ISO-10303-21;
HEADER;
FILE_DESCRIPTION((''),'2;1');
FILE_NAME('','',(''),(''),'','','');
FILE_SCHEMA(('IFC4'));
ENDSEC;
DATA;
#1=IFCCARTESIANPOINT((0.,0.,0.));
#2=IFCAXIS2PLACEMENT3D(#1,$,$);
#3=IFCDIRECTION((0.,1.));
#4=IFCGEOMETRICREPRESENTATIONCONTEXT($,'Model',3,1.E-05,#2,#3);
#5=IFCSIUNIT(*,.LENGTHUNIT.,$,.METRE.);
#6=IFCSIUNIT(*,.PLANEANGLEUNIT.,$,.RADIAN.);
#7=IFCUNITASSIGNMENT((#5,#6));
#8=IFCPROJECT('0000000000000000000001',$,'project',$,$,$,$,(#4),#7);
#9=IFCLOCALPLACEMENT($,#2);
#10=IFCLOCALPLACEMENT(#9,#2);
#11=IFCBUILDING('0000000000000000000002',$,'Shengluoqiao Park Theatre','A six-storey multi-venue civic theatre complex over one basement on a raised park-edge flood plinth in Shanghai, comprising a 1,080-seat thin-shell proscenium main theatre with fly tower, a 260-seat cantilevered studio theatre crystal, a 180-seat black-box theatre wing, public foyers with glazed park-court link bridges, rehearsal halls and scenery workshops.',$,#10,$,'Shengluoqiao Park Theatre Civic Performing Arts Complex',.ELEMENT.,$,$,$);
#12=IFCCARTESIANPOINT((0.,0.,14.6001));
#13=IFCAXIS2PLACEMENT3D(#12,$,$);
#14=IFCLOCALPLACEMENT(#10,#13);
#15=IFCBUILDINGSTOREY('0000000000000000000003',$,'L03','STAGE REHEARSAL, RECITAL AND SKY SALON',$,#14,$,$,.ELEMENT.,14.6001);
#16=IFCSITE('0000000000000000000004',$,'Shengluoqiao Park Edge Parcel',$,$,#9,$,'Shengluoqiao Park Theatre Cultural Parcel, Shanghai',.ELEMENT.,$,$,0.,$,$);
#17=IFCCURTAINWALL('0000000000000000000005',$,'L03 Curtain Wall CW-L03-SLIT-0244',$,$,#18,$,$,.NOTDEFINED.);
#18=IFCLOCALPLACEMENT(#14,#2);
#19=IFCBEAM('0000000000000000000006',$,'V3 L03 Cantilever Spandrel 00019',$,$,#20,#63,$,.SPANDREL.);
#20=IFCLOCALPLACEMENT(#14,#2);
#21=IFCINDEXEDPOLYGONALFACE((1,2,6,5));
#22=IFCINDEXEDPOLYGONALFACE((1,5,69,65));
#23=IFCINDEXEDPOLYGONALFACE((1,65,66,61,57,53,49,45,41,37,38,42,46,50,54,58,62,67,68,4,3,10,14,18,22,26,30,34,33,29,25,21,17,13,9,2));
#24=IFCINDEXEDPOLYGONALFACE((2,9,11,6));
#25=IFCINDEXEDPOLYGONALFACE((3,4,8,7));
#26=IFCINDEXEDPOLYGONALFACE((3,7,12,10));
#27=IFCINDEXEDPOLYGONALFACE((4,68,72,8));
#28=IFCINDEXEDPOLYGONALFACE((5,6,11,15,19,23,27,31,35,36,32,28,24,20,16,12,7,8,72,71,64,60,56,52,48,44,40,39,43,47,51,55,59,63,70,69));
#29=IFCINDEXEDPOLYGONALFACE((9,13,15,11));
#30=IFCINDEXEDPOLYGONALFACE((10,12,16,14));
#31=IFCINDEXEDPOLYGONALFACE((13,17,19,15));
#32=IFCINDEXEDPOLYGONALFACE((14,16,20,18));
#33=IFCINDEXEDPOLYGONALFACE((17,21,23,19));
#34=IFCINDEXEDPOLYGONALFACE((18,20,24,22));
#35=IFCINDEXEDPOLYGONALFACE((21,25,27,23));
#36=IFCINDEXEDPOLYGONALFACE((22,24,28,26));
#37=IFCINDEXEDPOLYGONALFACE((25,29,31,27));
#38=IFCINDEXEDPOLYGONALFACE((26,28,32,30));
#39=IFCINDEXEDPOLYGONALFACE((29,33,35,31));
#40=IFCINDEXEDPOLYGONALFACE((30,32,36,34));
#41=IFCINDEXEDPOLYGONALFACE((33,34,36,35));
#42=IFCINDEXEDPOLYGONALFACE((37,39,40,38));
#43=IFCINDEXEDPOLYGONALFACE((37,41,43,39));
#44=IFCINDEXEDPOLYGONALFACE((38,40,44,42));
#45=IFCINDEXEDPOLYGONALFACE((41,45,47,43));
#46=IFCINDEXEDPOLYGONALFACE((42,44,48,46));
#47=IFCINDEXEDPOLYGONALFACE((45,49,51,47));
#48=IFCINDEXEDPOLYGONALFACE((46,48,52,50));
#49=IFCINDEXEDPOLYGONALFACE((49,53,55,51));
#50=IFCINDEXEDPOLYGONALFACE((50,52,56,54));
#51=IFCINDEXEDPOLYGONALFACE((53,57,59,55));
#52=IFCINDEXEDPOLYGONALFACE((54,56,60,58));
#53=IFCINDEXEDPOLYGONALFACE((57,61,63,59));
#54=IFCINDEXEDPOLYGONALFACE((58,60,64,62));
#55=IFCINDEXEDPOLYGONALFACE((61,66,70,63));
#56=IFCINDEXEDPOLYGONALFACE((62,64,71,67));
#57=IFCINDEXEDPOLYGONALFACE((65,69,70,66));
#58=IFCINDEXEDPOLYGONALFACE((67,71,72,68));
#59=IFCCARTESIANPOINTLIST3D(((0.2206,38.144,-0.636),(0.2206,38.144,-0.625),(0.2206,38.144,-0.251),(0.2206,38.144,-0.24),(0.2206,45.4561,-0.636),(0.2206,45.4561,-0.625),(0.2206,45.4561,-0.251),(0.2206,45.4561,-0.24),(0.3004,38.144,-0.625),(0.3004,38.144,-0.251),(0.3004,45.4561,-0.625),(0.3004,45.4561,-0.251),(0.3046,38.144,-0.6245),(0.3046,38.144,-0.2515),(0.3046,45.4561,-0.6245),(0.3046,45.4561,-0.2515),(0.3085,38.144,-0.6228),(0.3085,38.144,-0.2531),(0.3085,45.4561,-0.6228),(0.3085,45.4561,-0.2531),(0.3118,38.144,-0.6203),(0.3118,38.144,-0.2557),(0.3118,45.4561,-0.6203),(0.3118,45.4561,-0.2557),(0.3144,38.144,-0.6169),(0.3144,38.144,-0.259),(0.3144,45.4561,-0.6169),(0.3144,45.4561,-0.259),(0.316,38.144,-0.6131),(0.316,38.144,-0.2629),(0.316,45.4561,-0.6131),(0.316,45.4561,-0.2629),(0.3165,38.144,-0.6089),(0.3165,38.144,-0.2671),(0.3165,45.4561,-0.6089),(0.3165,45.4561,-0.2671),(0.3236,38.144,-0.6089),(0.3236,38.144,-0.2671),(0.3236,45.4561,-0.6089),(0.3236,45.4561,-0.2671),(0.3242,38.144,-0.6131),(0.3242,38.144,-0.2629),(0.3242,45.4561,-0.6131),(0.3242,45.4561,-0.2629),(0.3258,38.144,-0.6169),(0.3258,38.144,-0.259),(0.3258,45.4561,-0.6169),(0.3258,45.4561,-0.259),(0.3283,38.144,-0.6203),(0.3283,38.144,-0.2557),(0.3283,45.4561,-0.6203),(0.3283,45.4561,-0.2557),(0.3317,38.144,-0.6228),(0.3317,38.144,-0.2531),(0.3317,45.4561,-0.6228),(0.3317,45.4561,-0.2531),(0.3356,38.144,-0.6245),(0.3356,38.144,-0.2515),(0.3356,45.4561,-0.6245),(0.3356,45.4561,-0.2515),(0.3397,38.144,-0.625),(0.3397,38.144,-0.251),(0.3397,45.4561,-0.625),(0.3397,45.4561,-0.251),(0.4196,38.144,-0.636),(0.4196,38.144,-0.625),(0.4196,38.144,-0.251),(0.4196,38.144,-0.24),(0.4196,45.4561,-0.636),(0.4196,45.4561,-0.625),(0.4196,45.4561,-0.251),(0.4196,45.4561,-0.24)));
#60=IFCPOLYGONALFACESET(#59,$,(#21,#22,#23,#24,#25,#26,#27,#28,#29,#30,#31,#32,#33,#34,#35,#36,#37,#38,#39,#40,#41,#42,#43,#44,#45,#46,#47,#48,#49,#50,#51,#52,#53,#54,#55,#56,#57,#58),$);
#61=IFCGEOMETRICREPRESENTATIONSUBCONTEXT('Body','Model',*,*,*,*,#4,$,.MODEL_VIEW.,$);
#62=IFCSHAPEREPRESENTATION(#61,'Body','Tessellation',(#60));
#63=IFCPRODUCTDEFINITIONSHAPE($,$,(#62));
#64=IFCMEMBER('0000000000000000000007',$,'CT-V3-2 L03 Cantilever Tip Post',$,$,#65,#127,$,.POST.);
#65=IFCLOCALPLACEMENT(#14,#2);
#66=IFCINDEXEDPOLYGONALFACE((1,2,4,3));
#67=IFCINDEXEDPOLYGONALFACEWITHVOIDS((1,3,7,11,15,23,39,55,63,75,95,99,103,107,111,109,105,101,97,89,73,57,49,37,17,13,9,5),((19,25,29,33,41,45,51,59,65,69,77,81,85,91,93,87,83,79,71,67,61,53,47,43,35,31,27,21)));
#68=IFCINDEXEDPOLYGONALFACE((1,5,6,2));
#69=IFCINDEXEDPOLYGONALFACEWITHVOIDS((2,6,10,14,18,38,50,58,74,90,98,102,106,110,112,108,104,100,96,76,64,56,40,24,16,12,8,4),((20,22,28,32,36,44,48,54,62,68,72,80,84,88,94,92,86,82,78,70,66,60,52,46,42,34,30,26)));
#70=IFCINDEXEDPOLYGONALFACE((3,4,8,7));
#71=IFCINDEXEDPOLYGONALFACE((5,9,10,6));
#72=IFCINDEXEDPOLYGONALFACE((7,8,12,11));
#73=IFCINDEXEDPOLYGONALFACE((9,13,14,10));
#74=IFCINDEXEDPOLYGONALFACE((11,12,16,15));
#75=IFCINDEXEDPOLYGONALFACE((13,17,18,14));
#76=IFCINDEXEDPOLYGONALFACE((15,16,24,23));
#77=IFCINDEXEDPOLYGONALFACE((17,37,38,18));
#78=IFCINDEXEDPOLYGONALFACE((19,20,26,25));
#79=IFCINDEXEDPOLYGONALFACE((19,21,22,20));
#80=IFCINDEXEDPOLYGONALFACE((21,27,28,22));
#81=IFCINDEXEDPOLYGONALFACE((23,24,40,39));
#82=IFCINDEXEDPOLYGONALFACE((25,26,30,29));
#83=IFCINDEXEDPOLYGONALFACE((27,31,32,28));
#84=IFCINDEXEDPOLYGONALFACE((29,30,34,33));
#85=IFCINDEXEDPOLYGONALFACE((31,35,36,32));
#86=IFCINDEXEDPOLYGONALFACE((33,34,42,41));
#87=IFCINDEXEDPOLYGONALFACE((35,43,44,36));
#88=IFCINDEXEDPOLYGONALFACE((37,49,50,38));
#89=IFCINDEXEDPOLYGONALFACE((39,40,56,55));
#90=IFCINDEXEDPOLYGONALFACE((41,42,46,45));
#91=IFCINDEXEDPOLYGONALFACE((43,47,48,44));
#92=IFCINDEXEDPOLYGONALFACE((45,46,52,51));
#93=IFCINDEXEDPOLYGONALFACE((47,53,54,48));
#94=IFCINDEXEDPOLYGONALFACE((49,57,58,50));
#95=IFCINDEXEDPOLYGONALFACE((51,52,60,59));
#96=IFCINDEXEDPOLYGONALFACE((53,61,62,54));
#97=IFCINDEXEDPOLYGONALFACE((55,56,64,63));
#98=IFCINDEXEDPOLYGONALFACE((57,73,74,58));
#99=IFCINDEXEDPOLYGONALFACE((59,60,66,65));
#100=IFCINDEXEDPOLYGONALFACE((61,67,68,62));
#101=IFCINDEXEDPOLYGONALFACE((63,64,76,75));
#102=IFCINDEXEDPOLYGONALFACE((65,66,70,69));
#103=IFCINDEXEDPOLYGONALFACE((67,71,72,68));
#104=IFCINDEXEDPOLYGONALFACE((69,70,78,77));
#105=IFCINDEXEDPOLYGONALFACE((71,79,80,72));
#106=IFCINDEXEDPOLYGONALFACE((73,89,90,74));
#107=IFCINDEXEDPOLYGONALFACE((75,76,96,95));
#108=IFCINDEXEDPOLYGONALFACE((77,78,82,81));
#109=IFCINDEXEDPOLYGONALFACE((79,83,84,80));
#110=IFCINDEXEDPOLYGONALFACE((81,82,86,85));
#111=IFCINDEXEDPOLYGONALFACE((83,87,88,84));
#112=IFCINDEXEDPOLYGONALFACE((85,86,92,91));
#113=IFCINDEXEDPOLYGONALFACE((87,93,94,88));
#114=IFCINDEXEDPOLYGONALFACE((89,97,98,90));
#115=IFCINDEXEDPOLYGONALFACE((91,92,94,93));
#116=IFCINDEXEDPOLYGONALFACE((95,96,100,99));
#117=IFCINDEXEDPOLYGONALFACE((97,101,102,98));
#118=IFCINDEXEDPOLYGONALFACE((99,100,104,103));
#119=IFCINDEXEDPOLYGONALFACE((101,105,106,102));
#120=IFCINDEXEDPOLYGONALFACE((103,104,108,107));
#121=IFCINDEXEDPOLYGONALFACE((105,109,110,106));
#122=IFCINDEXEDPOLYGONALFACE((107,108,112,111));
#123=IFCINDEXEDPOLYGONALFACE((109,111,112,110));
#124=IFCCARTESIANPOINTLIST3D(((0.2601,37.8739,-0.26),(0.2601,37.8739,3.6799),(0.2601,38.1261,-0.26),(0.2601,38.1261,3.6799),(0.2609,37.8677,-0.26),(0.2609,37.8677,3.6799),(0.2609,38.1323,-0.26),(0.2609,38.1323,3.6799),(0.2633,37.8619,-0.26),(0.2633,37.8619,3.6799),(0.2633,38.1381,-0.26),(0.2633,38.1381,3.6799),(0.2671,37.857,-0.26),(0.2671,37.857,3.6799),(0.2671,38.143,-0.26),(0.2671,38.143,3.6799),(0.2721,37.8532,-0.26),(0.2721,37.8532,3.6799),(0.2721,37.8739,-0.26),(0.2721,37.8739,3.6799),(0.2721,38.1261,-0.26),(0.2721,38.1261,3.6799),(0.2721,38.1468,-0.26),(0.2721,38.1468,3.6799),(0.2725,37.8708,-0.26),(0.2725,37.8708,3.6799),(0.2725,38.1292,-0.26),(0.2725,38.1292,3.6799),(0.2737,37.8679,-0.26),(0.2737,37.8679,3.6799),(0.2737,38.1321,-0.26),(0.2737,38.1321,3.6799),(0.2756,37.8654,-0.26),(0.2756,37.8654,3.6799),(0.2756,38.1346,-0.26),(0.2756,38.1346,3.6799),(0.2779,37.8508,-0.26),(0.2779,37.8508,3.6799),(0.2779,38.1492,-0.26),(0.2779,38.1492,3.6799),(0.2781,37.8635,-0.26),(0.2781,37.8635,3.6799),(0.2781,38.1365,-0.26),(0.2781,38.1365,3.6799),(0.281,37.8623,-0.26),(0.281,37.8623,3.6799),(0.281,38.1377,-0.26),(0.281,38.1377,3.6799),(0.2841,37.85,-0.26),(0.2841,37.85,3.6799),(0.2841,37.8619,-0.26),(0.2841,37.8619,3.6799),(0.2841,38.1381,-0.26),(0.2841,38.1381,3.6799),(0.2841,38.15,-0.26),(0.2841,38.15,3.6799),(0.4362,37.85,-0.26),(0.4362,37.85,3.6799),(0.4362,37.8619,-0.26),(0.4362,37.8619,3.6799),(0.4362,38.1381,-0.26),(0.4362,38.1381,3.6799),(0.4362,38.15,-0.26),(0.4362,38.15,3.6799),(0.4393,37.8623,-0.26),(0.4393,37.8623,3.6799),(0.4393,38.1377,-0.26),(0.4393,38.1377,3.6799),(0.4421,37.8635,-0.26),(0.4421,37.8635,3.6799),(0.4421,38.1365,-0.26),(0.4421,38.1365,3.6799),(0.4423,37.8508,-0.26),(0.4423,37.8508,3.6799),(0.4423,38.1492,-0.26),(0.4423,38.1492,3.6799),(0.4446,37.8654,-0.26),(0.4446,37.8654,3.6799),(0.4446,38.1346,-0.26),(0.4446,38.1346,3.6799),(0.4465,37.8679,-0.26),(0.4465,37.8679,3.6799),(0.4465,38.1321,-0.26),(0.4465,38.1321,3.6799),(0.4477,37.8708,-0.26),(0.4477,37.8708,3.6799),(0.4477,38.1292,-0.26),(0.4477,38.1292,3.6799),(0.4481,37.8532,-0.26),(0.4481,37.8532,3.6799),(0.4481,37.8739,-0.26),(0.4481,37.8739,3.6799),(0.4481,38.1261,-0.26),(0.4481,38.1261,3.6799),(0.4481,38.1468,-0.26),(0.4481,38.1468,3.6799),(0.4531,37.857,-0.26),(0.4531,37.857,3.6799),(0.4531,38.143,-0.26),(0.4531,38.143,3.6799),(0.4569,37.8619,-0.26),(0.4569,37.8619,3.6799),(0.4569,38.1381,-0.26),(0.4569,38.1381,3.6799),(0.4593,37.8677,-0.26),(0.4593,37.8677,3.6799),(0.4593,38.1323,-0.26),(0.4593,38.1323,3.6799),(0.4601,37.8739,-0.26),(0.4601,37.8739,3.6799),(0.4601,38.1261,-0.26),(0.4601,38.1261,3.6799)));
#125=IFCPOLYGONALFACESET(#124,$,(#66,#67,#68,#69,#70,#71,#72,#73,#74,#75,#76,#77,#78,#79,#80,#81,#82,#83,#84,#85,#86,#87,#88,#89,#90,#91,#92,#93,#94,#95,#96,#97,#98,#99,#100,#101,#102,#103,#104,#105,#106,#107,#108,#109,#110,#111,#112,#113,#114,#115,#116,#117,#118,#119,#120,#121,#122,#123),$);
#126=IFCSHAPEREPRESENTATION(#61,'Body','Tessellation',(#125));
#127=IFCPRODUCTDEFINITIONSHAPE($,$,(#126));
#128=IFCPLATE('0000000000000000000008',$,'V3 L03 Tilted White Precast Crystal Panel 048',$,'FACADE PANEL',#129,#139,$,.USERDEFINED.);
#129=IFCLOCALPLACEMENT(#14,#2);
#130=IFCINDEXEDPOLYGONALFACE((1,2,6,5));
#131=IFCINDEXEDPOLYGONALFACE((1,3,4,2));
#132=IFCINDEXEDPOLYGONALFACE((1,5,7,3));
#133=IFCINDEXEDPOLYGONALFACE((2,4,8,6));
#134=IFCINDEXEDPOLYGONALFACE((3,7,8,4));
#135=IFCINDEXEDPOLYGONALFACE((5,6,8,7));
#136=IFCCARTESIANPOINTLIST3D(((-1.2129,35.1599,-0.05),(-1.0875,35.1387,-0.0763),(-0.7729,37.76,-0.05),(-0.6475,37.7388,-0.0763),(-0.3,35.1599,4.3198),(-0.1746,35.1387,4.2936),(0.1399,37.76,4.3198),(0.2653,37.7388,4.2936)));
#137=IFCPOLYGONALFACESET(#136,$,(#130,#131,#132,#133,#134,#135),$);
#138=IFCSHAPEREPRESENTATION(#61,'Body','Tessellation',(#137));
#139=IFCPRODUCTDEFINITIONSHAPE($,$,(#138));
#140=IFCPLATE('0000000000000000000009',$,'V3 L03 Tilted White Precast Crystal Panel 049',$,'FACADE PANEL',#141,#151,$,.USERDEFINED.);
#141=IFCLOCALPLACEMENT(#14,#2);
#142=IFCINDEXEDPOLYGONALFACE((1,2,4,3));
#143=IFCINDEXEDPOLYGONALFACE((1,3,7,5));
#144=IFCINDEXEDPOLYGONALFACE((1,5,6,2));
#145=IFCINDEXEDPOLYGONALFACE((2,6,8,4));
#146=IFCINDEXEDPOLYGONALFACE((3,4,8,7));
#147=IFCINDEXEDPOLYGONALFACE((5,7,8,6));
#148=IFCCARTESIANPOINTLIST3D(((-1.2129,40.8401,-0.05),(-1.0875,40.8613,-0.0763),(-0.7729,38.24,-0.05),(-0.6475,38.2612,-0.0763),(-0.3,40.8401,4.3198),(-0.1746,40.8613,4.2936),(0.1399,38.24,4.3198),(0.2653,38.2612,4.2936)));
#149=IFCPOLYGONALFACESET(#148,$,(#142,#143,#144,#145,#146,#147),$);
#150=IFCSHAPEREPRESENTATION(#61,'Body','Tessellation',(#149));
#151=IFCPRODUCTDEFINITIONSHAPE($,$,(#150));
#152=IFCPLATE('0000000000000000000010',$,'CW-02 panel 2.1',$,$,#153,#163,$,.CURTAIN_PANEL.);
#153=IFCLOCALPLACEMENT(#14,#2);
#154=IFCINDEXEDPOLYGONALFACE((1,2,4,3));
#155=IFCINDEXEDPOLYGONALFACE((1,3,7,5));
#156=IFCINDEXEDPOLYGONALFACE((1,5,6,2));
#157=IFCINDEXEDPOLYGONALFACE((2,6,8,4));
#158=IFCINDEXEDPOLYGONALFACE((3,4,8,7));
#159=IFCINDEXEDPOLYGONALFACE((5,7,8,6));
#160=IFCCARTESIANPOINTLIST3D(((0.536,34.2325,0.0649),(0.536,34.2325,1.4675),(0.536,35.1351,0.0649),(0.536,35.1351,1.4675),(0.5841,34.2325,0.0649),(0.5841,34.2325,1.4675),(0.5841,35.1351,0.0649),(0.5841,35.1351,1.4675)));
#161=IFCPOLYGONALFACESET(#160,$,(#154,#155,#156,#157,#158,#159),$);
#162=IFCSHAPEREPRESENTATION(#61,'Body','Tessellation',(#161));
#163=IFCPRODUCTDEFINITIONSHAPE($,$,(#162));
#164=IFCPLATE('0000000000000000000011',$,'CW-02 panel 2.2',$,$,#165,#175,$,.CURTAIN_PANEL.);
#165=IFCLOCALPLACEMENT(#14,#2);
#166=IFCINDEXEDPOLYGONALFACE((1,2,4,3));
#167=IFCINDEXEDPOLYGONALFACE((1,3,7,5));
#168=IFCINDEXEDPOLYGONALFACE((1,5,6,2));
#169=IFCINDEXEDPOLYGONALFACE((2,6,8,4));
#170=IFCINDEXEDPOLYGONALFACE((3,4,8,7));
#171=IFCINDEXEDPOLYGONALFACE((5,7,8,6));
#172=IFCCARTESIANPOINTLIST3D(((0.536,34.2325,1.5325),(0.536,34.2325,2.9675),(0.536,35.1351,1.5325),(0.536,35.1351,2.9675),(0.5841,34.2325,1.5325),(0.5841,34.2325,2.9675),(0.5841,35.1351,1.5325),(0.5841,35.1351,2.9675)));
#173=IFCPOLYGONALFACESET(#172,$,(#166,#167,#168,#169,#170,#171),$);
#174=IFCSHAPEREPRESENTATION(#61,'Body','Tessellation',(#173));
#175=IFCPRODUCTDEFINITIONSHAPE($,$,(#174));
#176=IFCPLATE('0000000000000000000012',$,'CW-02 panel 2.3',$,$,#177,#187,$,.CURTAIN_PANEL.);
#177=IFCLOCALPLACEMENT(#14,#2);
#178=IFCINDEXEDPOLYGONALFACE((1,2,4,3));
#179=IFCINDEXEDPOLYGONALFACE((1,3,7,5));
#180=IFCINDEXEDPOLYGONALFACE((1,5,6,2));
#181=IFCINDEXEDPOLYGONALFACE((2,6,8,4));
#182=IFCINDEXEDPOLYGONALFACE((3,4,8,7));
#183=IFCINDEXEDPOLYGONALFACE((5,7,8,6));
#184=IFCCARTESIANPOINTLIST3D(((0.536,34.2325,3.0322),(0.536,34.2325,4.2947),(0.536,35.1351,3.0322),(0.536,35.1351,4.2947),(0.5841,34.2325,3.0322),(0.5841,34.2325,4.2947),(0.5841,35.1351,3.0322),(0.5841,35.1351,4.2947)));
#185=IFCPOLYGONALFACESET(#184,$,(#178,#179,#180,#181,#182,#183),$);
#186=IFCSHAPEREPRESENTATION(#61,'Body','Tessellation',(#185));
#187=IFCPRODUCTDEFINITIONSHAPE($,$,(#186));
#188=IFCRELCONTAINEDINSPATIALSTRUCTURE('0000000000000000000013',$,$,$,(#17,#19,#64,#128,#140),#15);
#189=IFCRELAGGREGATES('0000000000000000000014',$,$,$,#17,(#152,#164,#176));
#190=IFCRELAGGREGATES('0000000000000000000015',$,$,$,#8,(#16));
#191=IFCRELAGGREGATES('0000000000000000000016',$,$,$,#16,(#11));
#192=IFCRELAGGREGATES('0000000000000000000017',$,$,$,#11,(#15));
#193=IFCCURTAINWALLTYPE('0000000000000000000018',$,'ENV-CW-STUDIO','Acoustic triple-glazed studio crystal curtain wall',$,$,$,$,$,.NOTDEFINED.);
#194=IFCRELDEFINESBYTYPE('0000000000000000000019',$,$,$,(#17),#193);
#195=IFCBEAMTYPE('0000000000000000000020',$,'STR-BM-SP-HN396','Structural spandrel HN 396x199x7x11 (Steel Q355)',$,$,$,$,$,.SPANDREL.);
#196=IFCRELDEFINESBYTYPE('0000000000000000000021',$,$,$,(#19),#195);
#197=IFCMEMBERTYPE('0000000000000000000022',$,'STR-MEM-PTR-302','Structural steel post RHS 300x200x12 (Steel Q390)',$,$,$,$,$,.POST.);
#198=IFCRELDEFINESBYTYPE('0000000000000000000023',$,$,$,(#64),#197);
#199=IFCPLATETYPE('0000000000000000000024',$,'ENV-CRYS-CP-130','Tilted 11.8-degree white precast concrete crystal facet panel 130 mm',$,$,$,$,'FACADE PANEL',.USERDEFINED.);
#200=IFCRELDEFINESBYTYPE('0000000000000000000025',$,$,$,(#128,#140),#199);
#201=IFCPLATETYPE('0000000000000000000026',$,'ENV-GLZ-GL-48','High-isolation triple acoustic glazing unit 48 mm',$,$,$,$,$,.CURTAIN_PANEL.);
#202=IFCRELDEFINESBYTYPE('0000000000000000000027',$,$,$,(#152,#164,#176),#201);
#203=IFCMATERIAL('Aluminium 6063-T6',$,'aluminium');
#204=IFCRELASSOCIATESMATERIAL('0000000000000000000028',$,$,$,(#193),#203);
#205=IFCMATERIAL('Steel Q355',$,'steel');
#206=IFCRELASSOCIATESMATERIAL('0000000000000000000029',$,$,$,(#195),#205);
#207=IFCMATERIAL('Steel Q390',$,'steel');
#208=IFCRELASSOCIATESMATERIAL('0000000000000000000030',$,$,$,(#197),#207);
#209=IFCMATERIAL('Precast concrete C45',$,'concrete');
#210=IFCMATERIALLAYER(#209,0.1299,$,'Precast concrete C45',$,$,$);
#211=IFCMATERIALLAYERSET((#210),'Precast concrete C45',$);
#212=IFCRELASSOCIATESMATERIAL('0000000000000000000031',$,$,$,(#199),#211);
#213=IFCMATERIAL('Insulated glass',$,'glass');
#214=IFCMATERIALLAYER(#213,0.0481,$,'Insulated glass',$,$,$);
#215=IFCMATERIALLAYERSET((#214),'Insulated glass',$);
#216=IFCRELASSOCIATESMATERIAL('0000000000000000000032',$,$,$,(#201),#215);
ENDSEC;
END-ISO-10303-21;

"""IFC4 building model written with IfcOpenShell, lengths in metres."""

from ifc_helpers import new_model, si_unit, direction, frame, origin, origin_2d, place, context, subcontext, project, spatial, polyline, rectangle, hollow_rectangle, i_section, outline, extrude, material, layer, layer_set, material_profile, profile_set, type_object, element, aggregate, save


model = new_model("IFC4")

# Units and contexts
model_context = context("Model", 3, precision=1e-05, world=origin(), true_north=direction((0.0, 1.0)))
body_context = subcontext(model_context, "Body", "Model", "MODEL_VIEW")
ifc_project = project(units=[si_unit("LENGTHUNIT", "METRE"), si_unit("PLANEANGLEUNIT", "RADIAN")], contexts=[model_context])

# Site, building, storey
site_placement = place(None, origin())
site = spatial("IfcSite", under=ifc_project, at=site_placement, Name="Shengluoqiao Park Edge Parcel", LongName="Shengluoqiao Park Theatre Cultural Parcel, Shanghai", CompositionType="ELEMENT", RefElevation=0.0)
building_placement = place(site_placement, origin())
building = spatial("IfcBuilding", under=site, at=building_placement, Name="Shengluoqiao Park Theatre", Description="A six-storey multi-venue civic theatre complex over one basement on a raised park-edge flood plinth in Shanghai, comprising a 1,080-seat thin-shell proscenium main theatre with fly tower, a 260-seat cantilevered studio theatre crystal, a 180-seat black-box theatre wing, public foyers with glazed park-court link bridges, rehearsal halls and scenery workshops.", LongName="Shengluoqiao Park Theatre Civic Performing Arts Complex", CompositionType="ELEMENT")
storey_placement = place(building_placement, frame((0.0, 0.0, 14.6001)))
storey = spatial("IfcBuildingStorey", under=building, at=storey_placement, Name="L03", Description="STAGE REHEARSAL, RECITAL AND SKY SALON", CompositionType="ELEMENT", Elevation=14.6001)

# Curtain wall
ifc_material_1 = material(Name="Aluminium 6063-T6", Category="aluminium")
curtain_wall_type = type_object("IfcCurtainWallType", Name="ENV-CW-STUDIO", Description="Acoustic triple-glazed studio crystal curtain wall", PredefinedType="NOTDEFINED", material=ifc_material_1)
curtain_wall_1_placement = place(storey_placement, origin())
curtain_wall_1 = element("IfcCurtainWall", 1, at=curtain_wall_1_placement, inside=storey, type_object=curtain_wall_type, Name="L03 Curtain Wall CW-L03-SLIT-0244", PredefinedType="NOTDEFINED")

# Beam
ifc_material_2 = material(Name="Steel Q390", Category="steel")
ifc_material_3 = material(Name="Steel Q355", Category="steel")
ifc_material_profile_1 = material_profile(ifc_material_3, i_section(OverallWidth=0.199, OverallDepth=0.396, WebThickness=0.0071, FlangeThickness=0.011, FilletRadius=0.0161, at=origin_2d()), Name="HN 396x199x7x11")
ifc_profile_set_1 = profile_set([ifc_material_profile_1], Name="Steel Q355")
beam_type_1 = type_object("IfcBeamType", Name="STR-BM-SP-HN396", Description="Structural spandrel HN 396x199x7x11 (Steel Q355)", PredefinedType="SPANDREL", material=ifc_profile_set_1)
beam_1_placement = place(storey_placement, frame((0.3201, 38.144, -0.438), z_axis=(0.0, 1.0, 0.0), x_axis=(-1.0, 0.0, 0.0)))
element("IfcBeam", 2, at=beam_1_placement, inside=storey, type_object=beam_type_1, Name="V3 L03 Cantilever Spandrel 00019", PredefinedType="SPANDREL", context=body_context, shape_type="SweptSolid", body=[
    extrude(i_section(OverallWidth=0.199, OverallDepth=0.396, WebThickness=0.0071, FlangeThickness=0.011, FilletRadius=0.0161, at=origin_2d()), origin(), (0.0, 0.0, 1.0), 7.312),
])

# Member
ifc_material_profile_2 = material_profile(ifc_material_2, hollow_rectangle(XDim=0.2, YDim=0.3, WallThickness=0.012, InnerFilletRadius=0.012, OuterFilletRadius=0.0239, at=origin_2d()), Name="RHS 300x200x12")
ifc_profile_set_2 = profile_set([ifc_material_profile_2], Name="Steel Q390")
member_type_1 = type_object("IfcMemberType", Name="STR-MEM-PTR-302", Description="Structural steel post RHS 300x200x12 (Steel Q390)", PredefinedType="POST", material=ifc_profile_set_2)
member_1_placement = place(storey_placement, frame((0.3601, 38.0, -0.26), z_axis=(0.0, 0.0, 1.0), x_axis=(1.0, 0.0, 0.0)))
element("IfcMember", 3, at=member_1_placement, inside=storey, type_object=member_type_1, Name="CT-V3-2 L03 Cantilever Tip Post", PredefinedType="POST", context=body_context, shape_type="SweptSolid", body=[
    extrude(hollow_rectangle(XDim=0.2, YDim=0.3, WallThickness=0.012, InnerFilletRadius=0.012, OuterFilletRadius=0.0239, at=origin_2d()), origin(), (0.0, 0.0, 1.0), 3.9399),
])

# Plates
ifc_material_4 = material(Name="Precast concrete C45", Category="concrete")
ifc_layer_1 = layer(ifc_material_4, 0.1299, Name="Precast concrete C45")
ifc_layer_set_1 = layer_set([ifc_layer_1], Name="Precast concrete C45")
plate_type_1 = type_object("IfcPlateType", Name="ENV-CRYS-CP-130", Description="Tilted 11.8-degree white precast concrete crystal facet panel 130 mm", ElementType="FACADE PANEL", PredefinedType="USERDEFINED", material=ifc_layer_set_1)
plate_1_placement = place(storey_placement, frame((-1.2129, 35.1599, -0.05), z_axis=(-0.965714, 0.163401, 0.201732), x_axis=(0.166831, 0.985986, 0.0)))
element("IfcPlate", 4, at=plate_1_placement, inside=storey, type_object=plate_type_1, Name="V3 L03 Tilted White Precast Crystal Panel 048", ObjectType="FACADE PANEL", PredefinedType="USERDEFINED", context=body_context, shape_type="SweptSolid", body=[
    extrude(outline(polyline([(0.0, 0.0), (2.6371, 0.0), (2.7893, -4.4616), (0.1523, -4.4616), (0.0, 0.0)])), origin(), (0.0, 0.0, -1.0), 0.1299),
])
plate_2_placement = place(storey_placement, frame((-0.7729, 38.24, -0.05), z_axis=(-0.965714, -0.163401, 0.201732), x_axis=(-0.166831, 0.985986, 0.0)))
element("IfcPlate", 5, at=plate_2_placement, inside=storey, type_object=plate_type_1, Name="V3 L03 Tilted White Precast Crystal Panel 049", ObjectType="FACADE PANEL", PredefinedType="USERDEFINED", context=body_context, shape_type="SweptSolid", body=[
    extrude(outline(polyline([(0.0, 0.0), (2.6371, 0.0), (2.4848, -4.4616), (-0.1523, -4.4616), (0.0, 0.0)])), origin(), (0.0, 0.0, -1.0), 0.1299),
])

# Plates
ifc_material_5 = material(Name="Insulated glass", Category="glass")
ifc_layer_2 = layer(ifc_material_5, 0.0481, Name="Insulated glass")
ifc_layer_set_2 = layer_set([ifc_layer_2], Name="Insulated glass")
plate_type_2 = type_object("IfcPlateType", Name="ENV-GLZ-GL-48", Description="High-isolation triple acoustic glazing unit 48 mm", PredefinedType="CURTAIN_PANEL", material=ifc_layer_set_2)
plate_3_placement = place(storey_placement, frame((0.5601, 34.6838, 0.0649), z_axis=(0.0, 0.0, 1.0), x_axis=(0.0, 1.0, 0.0)))
plate_3 = element("IfcPlate", 6, at=plate_3_placement, type_object=plate_type_2, Name="CW-02 panel 2.1", PredefinedType="CURTAIN_PANEL", context=body_context, shape_type="SweptSolid", body=[
    extrude(rectangle(XDim=0.9026, YDim=0.0481, at=origin_2d()), origin(), (0.0, 0.0, 1.0), 1.4026),
])
plate_4_placement = place(storey_placement, frame((0.5601, 34.6838, 1.5325), z_axis=(0.0, 0.0, 1.0), x_axis=(0.0, 1.0, 0.0)))
plate_4 = element("IfcPlate", 7, at=plate_4_placement, type_object=plate_type_2, Name="CW-02 panel 2.2", PredefinedType="CURTAIN_PANEL", context=body_context, shape_type="SweptSolid", body=[
    extrude(rectangle(XDim=0.9026, YDim=0.0481, at=origin_2d()), origin(), (0.0, 0.0, 1.0), 1.4351),
])
plate_5_placement = place(storey_placement, frame((0.5601, 34.6838, 3.0322), z_axis=(0.0, 0.0, 1.0), x_axis=(0.0, 1.0, 0.0)))
plate_5 = element("IfcPlate", 8, at=plate_5_placement, type_object=plate_type_2, Name="CW-02 panel 2.3", PredefinedType="CURTAIN_PANEL", context=body_context, shape_type="SweptSolid", body=[
    extrude(rectangle(XDim=0.9026, YDim=0.0481, at=origin_2d()), origin(), (0.0, 0.0, 1.0), 1.2625),
])
aggregate(curtain_wall_1, [plate_3, plate_4, plate_5])

save(model, "model.ifc")
